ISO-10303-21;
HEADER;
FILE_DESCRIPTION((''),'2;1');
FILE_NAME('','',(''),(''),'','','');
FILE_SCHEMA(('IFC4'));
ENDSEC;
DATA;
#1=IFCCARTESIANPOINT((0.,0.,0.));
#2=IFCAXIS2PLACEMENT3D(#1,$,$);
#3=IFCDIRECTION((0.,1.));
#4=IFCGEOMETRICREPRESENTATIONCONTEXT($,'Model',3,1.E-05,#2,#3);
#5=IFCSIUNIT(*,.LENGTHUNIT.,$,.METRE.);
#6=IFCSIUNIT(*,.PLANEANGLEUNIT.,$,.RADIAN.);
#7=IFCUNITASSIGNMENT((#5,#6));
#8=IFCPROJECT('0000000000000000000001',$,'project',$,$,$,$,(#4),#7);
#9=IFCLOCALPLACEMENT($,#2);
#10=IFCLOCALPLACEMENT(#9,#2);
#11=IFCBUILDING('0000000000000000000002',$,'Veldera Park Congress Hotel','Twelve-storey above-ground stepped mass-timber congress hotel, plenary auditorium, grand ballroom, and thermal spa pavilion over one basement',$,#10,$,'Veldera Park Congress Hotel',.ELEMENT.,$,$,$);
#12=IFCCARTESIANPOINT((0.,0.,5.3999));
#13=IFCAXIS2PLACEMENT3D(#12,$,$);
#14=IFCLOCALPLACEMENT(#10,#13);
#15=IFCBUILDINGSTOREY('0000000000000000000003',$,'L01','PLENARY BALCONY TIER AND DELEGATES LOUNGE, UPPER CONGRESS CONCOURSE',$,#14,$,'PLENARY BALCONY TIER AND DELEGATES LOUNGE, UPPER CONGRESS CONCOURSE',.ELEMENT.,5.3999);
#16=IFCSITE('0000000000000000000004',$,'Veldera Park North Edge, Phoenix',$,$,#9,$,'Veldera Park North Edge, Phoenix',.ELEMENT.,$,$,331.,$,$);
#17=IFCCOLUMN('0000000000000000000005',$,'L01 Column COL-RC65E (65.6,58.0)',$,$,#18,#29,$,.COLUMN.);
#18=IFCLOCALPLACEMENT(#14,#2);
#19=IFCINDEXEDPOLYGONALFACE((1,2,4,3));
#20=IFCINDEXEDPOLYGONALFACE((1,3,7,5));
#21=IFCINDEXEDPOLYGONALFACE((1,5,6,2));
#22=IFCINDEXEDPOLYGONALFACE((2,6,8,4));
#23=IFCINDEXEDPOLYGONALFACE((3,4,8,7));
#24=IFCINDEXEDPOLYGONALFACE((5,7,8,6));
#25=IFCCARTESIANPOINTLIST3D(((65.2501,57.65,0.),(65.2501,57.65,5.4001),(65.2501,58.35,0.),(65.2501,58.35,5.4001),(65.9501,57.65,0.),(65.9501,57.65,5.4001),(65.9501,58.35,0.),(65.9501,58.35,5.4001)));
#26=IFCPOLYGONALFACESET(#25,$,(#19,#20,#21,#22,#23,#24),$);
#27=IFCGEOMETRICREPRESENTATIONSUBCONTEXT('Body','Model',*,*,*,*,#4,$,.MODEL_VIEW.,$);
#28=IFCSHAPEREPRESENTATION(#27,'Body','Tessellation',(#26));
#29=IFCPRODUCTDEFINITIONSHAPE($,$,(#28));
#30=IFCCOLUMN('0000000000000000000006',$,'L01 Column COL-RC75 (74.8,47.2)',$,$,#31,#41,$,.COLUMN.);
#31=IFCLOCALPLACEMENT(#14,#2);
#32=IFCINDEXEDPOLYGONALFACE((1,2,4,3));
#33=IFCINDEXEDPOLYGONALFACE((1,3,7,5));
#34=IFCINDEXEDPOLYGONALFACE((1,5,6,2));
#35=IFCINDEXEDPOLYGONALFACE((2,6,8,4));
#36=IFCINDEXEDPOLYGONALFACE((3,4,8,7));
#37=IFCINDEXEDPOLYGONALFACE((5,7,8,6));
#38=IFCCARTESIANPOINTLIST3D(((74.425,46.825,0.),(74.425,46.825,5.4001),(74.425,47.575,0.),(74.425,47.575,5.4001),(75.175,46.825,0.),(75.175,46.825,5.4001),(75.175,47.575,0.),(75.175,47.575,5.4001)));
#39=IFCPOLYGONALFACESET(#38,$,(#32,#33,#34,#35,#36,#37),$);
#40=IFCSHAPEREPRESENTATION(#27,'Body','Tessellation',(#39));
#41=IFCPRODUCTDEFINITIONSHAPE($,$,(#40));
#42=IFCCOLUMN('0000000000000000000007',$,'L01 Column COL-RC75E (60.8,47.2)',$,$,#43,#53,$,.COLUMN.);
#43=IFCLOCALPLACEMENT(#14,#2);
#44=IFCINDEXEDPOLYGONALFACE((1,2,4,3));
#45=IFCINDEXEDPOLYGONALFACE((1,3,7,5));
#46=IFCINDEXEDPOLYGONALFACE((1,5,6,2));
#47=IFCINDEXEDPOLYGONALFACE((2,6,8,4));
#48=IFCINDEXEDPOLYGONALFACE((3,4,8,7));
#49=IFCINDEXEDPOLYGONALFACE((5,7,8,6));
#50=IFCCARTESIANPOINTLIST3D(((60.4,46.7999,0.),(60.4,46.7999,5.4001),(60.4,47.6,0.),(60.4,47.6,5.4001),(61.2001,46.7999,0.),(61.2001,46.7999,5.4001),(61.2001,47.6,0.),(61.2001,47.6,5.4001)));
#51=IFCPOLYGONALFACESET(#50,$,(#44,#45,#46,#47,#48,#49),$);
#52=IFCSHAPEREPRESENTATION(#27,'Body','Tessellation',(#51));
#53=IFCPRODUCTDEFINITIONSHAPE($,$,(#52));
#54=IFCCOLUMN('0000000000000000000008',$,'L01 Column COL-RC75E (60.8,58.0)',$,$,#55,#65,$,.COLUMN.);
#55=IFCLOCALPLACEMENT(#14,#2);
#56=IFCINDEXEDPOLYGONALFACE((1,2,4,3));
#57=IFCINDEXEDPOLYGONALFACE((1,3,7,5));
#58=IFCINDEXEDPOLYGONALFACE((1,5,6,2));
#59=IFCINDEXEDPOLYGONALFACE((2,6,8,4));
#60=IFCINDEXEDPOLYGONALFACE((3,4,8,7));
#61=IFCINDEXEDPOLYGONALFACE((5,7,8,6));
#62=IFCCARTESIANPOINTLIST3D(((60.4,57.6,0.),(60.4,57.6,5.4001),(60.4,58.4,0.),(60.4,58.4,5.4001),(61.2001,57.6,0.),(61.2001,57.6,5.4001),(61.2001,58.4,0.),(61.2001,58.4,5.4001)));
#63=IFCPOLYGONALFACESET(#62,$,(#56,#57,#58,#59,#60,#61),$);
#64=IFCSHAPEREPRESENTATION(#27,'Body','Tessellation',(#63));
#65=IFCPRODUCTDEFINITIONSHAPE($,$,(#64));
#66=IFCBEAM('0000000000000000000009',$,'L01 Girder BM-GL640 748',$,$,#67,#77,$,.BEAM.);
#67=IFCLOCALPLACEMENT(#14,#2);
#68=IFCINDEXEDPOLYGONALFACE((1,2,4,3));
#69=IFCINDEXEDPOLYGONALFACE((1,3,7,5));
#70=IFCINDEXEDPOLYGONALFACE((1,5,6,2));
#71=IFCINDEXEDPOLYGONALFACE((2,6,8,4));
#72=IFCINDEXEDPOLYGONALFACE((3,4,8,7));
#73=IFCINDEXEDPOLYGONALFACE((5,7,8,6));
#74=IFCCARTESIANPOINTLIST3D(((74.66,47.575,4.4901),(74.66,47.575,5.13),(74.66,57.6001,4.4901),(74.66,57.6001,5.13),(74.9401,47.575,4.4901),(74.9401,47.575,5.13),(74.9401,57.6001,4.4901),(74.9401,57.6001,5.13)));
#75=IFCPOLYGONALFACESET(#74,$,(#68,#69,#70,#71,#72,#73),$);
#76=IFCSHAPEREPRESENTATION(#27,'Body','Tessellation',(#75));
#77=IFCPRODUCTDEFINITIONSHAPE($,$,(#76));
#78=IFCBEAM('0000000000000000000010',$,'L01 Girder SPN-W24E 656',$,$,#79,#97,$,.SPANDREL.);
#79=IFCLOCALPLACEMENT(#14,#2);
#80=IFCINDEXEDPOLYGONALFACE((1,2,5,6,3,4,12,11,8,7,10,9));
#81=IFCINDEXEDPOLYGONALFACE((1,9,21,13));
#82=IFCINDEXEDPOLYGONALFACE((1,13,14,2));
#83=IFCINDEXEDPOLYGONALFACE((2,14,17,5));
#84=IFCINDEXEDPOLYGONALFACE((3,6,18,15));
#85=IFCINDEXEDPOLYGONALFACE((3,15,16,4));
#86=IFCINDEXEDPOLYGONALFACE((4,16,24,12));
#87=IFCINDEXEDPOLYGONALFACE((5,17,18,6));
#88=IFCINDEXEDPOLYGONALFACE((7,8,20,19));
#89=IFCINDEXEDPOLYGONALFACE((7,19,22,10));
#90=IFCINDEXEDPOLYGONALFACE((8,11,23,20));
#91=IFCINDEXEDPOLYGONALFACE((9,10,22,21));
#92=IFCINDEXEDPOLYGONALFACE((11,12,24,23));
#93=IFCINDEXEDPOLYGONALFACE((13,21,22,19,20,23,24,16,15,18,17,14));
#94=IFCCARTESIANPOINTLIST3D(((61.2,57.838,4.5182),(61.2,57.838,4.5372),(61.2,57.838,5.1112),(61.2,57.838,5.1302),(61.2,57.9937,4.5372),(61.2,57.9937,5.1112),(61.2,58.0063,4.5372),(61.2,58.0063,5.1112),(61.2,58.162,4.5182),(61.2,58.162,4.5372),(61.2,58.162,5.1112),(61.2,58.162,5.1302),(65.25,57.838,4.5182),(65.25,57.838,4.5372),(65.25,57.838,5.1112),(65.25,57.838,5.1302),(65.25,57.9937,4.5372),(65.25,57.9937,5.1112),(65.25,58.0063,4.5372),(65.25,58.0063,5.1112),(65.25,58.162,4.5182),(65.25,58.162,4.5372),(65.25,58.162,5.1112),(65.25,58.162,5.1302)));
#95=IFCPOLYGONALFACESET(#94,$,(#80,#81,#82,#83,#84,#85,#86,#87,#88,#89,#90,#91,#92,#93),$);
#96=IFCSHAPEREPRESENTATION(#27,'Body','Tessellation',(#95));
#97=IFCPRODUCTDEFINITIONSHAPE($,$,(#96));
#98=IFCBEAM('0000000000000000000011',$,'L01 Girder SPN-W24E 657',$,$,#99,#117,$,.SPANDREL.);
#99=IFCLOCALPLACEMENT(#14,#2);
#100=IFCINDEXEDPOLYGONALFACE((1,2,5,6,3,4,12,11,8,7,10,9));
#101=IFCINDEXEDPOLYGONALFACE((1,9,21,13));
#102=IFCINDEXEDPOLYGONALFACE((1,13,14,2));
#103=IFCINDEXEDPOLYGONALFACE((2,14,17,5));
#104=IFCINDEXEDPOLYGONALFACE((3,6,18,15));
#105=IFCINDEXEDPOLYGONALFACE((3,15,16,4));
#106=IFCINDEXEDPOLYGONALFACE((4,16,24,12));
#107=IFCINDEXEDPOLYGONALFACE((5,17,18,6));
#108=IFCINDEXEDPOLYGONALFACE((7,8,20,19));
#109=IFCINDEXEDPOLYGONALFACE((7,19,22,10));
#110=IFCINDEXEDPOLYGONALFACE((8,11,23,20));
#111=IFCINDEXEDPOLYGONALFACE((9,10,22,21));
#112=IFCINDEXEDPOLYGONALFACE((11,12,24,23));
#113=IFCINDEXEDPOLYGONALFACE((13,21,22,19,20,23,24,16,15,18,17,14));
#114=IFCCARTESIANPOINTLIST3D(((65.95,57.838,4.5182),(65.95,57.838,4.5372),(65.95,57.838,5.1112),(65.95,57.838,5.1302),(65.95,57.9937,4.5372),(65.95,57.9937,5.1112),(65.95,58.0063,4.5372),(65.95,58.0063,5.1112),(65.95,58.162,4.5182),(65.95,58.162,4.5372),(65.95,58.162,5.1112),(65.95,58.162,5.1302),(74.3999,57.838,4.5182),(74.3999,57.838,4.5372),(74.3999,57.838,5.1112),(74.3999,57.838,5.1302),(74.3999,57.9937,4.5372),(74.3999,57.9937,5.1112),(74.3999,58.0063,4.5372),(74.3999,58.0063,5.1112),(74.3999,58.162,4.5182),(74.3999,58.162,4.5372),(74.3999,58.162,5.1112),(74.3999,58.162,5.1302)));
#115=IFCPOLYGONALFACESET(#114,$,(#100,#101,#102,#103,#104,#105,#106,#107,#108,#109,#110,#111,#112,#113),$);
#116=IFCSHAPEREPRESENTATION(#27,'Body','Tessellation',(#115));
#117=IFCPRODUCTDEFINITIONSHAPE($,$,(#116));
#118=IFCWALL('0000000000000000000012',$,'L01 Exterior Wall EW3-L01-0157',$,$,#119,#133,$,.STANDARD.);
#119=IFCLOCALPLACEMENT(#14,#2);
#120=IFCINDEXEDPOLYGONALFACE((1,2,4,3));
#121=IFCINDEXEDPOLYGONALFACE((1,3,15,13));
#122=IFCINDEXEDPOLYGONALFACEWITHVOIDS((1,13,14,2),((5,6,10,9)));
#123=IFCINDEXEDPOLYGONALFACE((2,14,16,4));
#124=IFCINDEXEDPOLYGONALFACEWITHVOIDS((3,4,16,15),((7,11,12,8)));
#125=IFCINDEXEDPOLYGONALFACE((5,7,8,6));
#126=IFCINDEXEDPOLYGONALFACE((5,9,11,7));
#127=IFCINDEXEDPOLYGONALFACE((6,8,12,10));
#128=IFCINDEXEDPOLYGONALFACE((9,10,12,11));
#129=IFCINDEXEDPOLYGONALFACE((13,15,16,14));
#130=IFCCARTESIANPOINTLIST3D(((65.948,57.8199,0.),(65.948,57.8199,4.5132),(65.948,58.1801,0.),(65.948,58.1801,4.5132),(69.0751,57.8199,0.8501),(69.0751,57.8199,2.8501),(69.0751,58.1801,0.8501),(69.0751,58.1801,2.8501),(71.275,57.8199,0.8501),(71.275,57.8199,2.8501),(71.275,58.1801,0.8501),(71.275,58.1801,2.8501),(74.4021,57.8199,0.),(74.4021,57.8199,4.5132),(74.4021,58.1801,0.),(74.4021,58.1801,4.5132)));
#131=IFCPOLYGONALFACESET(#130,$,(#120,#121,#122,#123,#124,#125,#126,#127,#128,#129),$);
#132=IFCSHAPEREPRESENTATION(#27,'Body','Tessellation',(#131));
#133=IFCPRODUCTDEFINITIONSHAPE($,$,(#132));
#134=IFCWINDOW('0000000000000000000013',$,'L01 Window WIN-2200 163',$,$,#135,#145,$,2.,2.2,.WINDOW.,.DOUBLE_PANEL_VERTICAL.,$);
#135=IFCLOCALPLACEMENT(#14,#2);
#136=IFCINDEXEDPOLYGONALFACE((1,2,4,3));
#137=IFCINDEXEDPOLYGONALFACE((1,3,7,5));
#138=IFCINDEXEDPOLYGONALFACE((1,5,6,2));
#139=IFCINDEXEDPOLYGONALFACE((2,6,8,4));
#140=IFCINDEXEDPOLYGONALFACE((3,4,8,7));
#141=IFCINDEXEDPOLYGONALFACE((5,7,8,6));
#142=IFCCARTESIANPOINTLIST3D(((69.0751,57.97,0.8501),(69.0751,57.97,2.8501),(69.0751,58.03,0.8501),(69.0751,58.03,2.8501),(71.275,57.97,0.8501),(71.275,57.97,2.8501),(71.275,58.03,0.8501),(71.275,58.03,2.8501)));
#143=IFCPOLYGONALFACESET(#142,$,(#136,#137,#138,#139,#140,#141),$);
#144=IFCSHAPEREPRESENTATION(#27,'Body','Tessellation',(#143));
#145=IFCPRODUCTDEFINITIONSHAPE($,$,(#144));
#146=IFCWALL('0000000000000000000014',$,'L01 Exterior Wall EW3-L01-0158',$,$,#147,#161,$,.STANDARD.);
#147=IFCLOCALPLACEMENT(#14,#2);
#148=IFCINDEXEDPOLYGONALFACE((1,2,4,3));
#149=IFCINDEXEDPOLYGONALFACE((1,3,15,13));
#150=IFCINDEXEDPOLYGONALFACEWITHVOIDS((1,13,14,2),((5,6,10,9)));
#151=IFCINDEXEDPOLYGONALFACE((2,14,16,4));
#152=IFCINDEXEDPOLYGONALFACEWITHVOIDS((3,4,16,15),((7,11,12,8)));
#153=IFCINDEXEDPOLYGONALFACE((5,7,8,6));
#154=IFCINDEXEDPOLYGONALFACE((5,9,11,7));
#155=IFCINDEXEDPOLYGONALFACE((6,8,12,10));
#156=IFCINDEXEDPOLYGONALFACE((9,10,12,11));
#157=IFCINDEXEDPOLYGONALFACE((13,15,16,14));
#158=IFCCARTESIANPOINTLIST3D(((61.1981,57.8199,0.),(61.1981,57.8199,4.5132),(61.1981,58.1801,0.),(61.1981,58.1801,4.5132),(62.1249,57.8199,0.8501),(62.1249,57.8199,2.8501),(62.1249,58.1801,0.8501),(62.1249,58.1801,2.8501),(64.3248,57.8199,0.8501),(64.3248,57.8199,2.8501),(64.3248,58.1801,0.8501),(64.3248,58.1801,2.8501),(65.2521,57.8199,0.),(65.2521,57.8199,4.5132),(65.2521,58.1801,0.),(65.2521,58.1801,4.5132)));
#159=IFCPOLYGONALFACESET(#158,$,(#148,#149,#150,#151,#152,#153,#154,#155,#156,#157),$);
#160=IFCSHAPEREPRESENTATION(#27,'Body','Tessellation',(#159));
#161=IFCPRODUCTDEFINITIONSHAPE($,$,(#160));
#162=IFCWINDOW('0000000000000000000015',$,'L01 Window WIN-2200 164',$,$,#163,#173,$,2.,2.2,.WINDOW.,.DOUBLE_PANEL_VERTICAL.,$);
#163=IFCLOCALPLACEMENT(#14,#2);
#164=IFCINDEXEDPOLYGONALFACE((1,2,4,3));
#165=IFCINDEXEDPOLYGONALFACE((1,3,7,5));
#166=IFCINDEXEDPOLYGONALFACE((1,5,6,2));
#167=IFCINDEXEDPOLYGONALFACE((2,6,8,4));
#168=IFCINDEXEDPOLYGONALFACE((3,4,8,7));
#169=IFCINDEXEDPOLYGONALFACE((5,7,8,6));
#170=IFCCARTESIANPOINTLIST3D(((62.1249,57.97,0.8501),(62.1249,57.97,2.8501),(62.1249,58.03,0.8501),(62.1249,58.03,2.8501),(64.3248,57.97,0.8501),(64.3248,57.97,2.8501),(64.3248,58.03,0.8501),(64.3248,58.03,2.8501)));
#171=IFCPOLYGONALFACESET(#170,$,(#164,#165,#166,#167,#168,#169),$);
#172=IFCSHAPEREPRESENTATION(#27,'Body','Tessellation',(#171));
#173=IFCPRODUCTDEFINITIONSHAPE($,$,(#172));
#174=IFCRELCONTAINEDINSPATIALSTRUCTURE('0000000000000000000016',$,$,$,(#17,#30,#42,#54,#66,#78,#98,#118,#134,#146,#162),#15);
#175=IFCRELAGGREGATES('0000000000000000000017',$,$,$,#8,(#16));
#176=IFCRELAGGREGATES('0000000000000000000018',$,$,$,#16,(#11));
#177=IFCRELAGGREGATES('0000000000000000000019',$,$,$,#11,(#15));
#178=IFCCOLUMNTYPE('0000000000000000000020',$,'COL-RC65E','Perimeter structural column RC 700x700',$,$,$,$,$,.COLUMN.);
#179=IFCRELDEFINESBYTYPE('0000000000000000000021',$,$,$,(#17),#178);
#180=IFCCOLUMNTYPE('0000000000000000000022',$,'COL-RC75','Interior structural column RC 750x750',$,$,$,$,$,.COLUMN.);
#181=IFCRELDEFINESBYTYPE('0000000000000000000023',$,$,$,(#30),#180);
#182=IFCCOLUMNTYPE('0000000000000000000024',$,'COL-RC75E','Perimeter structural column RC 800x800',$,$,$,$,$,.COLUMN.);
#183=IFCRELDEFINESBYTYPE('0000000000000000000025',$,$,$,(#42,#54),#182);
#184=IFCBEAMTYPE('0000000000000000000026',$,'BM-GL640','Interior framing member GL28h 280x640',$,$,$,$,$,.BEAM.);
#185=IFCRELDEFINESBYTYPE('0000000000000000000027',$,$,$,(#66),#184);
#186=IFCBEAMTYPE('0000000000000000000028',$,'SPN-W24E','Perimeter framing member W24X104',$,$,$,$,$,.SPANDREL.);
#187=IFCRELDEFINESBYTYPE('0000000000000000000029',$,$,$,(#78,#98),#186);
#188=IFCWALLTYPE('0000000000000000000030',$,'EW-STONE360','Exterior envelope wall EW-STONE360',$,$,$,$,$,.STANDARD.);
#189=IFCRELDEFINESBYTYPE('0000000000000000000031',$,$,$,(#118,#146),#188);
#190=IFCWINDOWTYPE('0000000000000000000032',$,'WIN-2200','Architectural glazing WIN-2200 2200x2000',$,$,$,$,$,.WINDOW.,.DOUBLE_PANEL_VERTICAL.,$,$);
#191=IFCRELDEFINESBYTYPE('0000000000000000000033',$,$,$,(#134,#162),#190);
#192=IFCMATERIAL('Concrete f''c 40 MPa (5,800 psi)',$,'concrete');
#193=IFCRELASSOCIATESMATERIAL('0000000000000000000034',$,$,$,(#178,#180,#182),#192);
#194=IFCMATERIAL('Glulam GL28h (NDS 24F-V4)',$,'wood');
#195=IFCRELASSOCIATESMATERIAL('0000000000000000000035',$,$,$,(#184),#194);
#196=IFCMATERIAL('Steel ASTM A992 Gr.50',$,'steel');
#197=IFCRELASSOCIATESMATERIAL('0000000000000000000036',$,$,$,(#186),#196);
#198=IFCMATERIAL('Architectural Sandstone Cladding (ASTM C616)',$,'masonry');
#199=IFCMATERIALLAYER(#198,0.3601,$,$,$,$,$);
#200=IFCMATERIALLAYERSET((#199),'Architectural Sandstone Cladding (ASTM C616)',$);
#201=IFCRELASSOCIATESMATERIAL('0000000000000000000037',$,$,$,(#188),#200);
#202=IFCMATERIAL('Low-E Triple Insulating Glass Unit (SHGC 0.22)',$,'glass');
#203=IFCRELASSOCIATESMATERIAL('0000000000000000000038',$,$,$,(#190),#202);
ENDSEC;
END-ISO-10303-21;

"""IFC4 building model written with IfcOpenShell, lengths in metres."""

from ifc_helpers import new_model, si_unit, direction, frame, frame_2d, origin, origin_2d, place, context, subcontext, project, spatial, rectangle, i_section, extrude, material, layer, layer_set, material_profile, profile_set, type_object, element, fill, save


model = new_model("IFC4")

# Units and contexts
model_context = context("Model", 3, precision=1e-05, world=origin(), true_north=direction((0.0, 1.0)))
body_context = subcontext(model_context, "Body", "Model", "MODEL_VIEW")
ifc_project = project(units=[si_unit("LENGTHUNIT", "METRE"), si_unit("PLANEANGLEUNIT", "RADIAN")], contexts=[model_context])

# Site, building, storey
site_placement = place(None, origin())
site = spatial("IfcSite", under=ifc_project, at=site_placement, Name="Veldera Park North Edge, Phoenix", LongName="Veldera Park North Edge, Phoenix", CompositionType="ELEMENT", RefElevation=331.0)
building_placement = place(site_placement, origin())
building = spatial("IfcBuilding", under=site, at=building_placement, Name="Veldera Park Congress Hotel", Description="Twelve-storey above-ground stepped mass-timber congress hotel, plenary auditorium, grand ballroom, and thermal spa pavilion over one basement", LongName="Veldera Park Congress Hotel", CompositionType="ELEMENT")
storey_placement = place(building_placement, frame((0.0, 0.0, 5.3999)))
storey = spatial("IfcBuildingStorey", under=building, at=storey_placement, Name="L01", Description="PLENARY BALCONY TIER AND DELEGATES LOUNGE, UPPER CONGRESS CONCOURSE", LongName="PLENARY BALCONY TIER AND DELEGATES LOUNGE, UPPER CONGRESS CONCOURSE", CompositionType="ELEMENT", Elevation=5.3999)

# Columns
ifc_material_1 = material(Name="Concrete f'c 40 MPa (5,800 psi)", Category="concrete")
ifc_material_profile_1 = material_profile(ifc_material_1, rectangle(XDim=0.7, YDim=0.7, at=origin_2d()), Name="RC 700x700")
ifc_profile_set_1 = profile_set([ifc_material_profile_1], Name="Concrete f'c 40 MPa (5,800 psi)")
column_type_1 = type_object("IfcColumnType", Name="COL-RC65E", Description="Perimeter structural column RC 700x700", PredefinedType="COLUMN", material=ifc_profile_set_1)
column_1_placement = place(storey_placement, frame((65.6001, 58.0, 0.0), z_axis=(0.0, 0.0, 1.0), x_axis=(1.0, 0.0, 0.0)))
element("IfcColumn", 1, at=column_1_placement, inside=storey, type_object=column_type_1, Name="L01 Column COL-RC65E (65.6,58.0)", PredefinedType="COLUMN", context=body_context, shape_type="SweptSolid", body=[
    extrude(rectangle(XDim=0.7, YDim=0.7, at=origin_2d()), origin(), (0.0, 0.0, 1.0), 5.4001),
])
ifc_material_profile_2 = material_profile(ifc_material_1, rectangle(XDim=0.75, YDim=0.75, at=origin_2d()), Name="RC 750x750")
ifc_profile_set_2 = profile_set([ifc_material_profile_2], Name="Concrete f'c 40 MPa (5,800 psi)")
column_type_2 = type_object("IfcColumnType", Name="COL-RC75", Description="Interior structural column RC 750x750", PredefinedType="COLUMN", material=ifc_profile_set_2)
column_2_placement = place(storey_placement, frame((74.8, 47.2, 0.0), z_axis=(0.0, 0.0, 1.0), x_axis=(1.0, 0.0, 0.0)))
element("IfcColumn", 2, at=column_2_placement, inside=storey, type_object=column_type_2, Name="L01 Column COL-RC75 (74.8,47.2)", PredefinedType="COLUMN", context=body_context, shape_type="SweptSolid", body=[
    extrude(rectangle(XDim=0.75, YDim=0.75, at=origin_2d()), origin(), (0.0, 0.0, 1.0), 5.4001),
])
ifc_material_profile_3 = material_profile(ifc_material_1, rectangle(XDim=0.8, YDim=0.8, at=origin_2d()), Name="RC 800x800")
ifc_profile_set_3 = profile_set([ifc_material_profile_3], Name="Concrete f'c 40 MPa (5,800 psi)")
column_type_3 = type_object("IfcColumnType", Name="COL-RC75E", Description="Perimeter structural column RC 800x800", PredefinedType="COLUMN", material=ifc_profile_set_3)
for number, where, z_axis, x_axis, name in (
    (3, (60.8, 47.2, 0.0), (0.0, 0.0, 1.0), (1.0, 0.0, 0.0), "L01 Column COL-RC75E (60.8,47.2)"),
    (4, (60.8, 58.0, 0.0), (0.0, 0.0, 1.0), (1.0, 0.0, 0.0), "L01 Column COL-RC75E (60.8,58.0)"),
):
    element("IfcColumn", number, at=place(storey_placement, frame(where, z_axis=z_axis, x_axis=x_axis)), inside=storey, type_object=column_type_3, Name=name, PredefinedType="COLUMN", context=body_context, shape_type="SweptSolid", body=[
        extrude(rectangle(XDim=0.8, YDim=0.8, at=origin_2d()), origin(), (0.0, 0.0, 1.0), 5.4001),
    ])

# Beams
ifc_material_2 = material(Name="Glulam GL28h (NDS 24F-V4)", Category="wood")
ifc_material_profile_4 = material_profile(ifc_material_2, rectangle(XDim=0.28, YDim=0.6399, at=origin_2d()), Name="GL28h 280x640")
ifc_profile_set_4 = profile_set([ifc_material_profile_4], Name="Glulam GL28h (NDS 24F-V4)")
beam_type_1 = type_object("IfcBeamType", Name="BM-GL640", Description="Interior framing member GL28h 280x640", PredefinedType="BEAM", material=ifc_profile_set_4)
beam_1_placement = place(storey_placement, frame((74.8, 47.575, 4.8101), z_axis=(0.0, 1.0, 0.0), x_axis=(-1.0, 0.0, 0.0)))
element("IfcBeam", 5, at=beam_1_placement, inside=storey, type_object=beam_type_1, Name="L01 Girder BM-GL640 748", PredefinedType="BEAM", context=body_context, shape_type="SweptSolid", body=[
    extrude(rectangle(XDim=0.28, YDim=0.6399, at=origin_2d()), origin(), (0.0, 0.0, 1.0), 10.0251),
])
ifc_material_3 = material(Name="Steel ASTM A992 Gr.50", Category="steel")
ifc_material_profile_5 = material_profile(ifc_material_3, i_section(OverallWidth=0.324, OverallDepth=0.6121, WebThickness=0.0127, FlangeThickness=0.019, at=origin_2d()), Name="W24X104")
ifc_profile_set_5 = profile_set([ifc_material_profile_5], Name="Steel ASTM A992 Gr.50")
beam_type_2 = type_object("IfcBeamType", Name="SPN-W24E", Description="Perimeter framing member W24X104", PredefinedType="SPANDREL", material=ifc_profile_set_5)
beam_2_placement = place(storey_placement, frame((61.2, 58.0, 4.8242), z_axis=(1.0, 0.0, 0.0), x_axis=(0.0, 1.0, 0.0)))
element("IfcBeam", 6, at=beam_2_placement, inside=storey, type_object=beam_type_2, Name="L01 Girder SPN-W24E 656", PredefinedType="SPANDREL", context=body_context, shape_type="SweptSolid", body=[
    extrude(i_section(OverallWidth=0.324, OverallDepth=0.6121, WebThickness=0.0127, FlangeThickness=0.019, at=origin_2d()), origin(), (0.0, 0.0, 1.0), 4.05),
])
beam_3_placement = place(storey_placement, frame((65.95, 58.0, 4.8242), z_axis=(1.0, 0.0, 0.0), x_axis=(0.0, 1.0, 0.0)))
element("IfcBeam", 7, at=beam_3_placement, inside=storey, type_object=beam_type_2, Name="L01 Girder SPN-W24E 657", PredefinedType="SPANDREL", context=body_context, shape_type="SweptSolid", body=[
    extrude(i_section(OverallWidth=0.324, OverallDepth=0.6121, WebThickness=0.0127, FlangeThickness=0.019, at=origin_2d()), origin(), (0.0, 0.0, 1.0), 8.45),
])

# Walls, openings, windows
ifc_material_4 = material(Name="Architectural Sandstone Cladding (ASTM C616)", Category="masonry")
ifc_layer_1 = layer(ifc_material_4, 0.3601)
ifc_layer_set_1 = layer_set([ifc_layer_1], Name="Architectural Sandstone Cladding (ASTM C616)")
wall_type_1 = type_object("IfcWallType", Name="EW-STONE360", Description="Exterior envelope wall EW-STONE360", PredefinedType="STANDARD", material=ifc_layer_set_1)
wall_1_placement = place(storey_placement, frame((74.4021, 58.0, 0.0), z_axis=(0.0, 0.0, 1.0), x_axis=(-1.0, 0.0, 0.0)))
wall_1 = element("IfcWall", 8, at=wall_1_placement, inside=storey, type_object=wall_type_1, Name="L01 Exterior Wall EW3-L01-0157", PredefinedType="STANDARD", context=body_context, shape_type="SweptSolid", body=[
    extrude(rectangle(XDim=8.4541, YDim=0.3601, at=frame_2d((4.2271, 0.0))), origin(), (0.0, 0.0, 1.0), 4.5132),
])
opening_1_placement = place(wall_1_placement, frame((3.127, 0.0, 0.8501)))
opening_1 = element("IfcOpeningElement", 9, at=opening_1_placement, cuts=wall_1, PredefinedType="OPENING", context=body_context, shape_type="SweptSolid", body=[
    extrude(rectangle(XDim=2.2, YDim=2.0, at=frame_2d((1.1001, 1.0))), frame((0.0, 0.1921, 0.0), z_axis=(0.0, -1.0, 0.0), x_axis=(1.0, 0.0, 0.0)), (0.0, 0.0, 1.0), 0.384),
])
ifc_material_5 = material(Name="Low-E Triple Insulating Glass Unit (SHGC 0.22)", Category="glass")
window_type = type_object("IfcWindowType", Name="WIN-2200", Description="Architectural glazing WIN-2200 2200x2000", PartitioningType="DOUBLE_PANEL_VERTICAL", PredefinedType="WINDOW", material=ifc_material_5)
window_1_placement = place(opening_1_placement, origin())
window_1 = element("IfcWindow", 10, at=window_1_placement, inside=storey, type_object=window_type, Name="L01 Window WIN-2200 163", OverallHeight=2.0, OverallWidth=2.2, PartitioningType="DOUBLE_PANEL_VERTICAL", PredefinedType="WINDOW", context=body_context, shape_type="SweptSolid", body=[
    extrude(rectangle(XDim=2.2, YDim=2.0, at=frame_2d((1.1001, 1.0))), frame((0.0, 0.03, 0.0), z_axis=(0.0, -1.0, 0.0), x_axis=(1.0, 0.0, 0.0)), (0.0, 0.0, 1.0), 0.0601),
])
fill(opening_1, window_1)
wall_2_placement = place(storey_placement, frame((65.252, 58.0, 0.0), z_axis=(0.0, 0.0, 1.0), x_axis=(-1.0, 0.0, 0.0)))
wall_2 = element("IfcWall", 11, at=wall_2_placement, inside=storey, type_object=wall_type_1, Name="L01 Exterior Wall EW3-L01-0158", PredefinedType="STANDARD", context=body_context, shape_type="SweptSolid", body=[
    extrude(rectangle(XDim=4.054, YDim=0.3601, at=frame_2d((2.0269, 0.0))), origin(), (0.0, 0.0, 1.0), 4.5132),
])
opening_2_placement = place(wall_2_placement, frame((0.927, 0.0, 0.8501)))
opening_2 = element("IfcOpeningElement", 12, at=opening_2_placement, cuts=wall_2, PredefinedType="OPENING", context=body_context, shape_type="SweptSolid", body=[
    extrude(rectangle(XDim=2.2, YDim=2.0, at=frame_2d((1.1001, 1.0))), frame((0.0, 0.1921, 0.0), z_axis=(0.0, -1.0, 0.0), x_axis=(1.0, 0.0, 0.0)), (0.0, 0.0, 1.0), 0.384),
])
window_2_placement = place(opening_2_placement, origin())
window_2 = element("IfcWindow", 13, at=window_2_placement, inside=storey, type_object=window_type, Name="L01 Window WIN-2200 164", OverallHeight=2.0, OverallWidth=2.2, PartitioningType="DOUBLE_PANEL_VERTICAL", PredefinedType="WINDOW", context=body_context, shape_type="SweptSolid", body=[
    extrude(rectangle(XDim=2.2, YDim=2.0, at=frame_2d((1.1001, 1.0))), frame((0.0, 0.03, 0.0), z_axis=(0.0, -1.0, 0.0), x_axis=(1.0, 0.0, 0.0)), (0.0, 0.0, 1.0), 0.0601),
])
fill(opening_2, window_2)

save(model, "model.ifc")
